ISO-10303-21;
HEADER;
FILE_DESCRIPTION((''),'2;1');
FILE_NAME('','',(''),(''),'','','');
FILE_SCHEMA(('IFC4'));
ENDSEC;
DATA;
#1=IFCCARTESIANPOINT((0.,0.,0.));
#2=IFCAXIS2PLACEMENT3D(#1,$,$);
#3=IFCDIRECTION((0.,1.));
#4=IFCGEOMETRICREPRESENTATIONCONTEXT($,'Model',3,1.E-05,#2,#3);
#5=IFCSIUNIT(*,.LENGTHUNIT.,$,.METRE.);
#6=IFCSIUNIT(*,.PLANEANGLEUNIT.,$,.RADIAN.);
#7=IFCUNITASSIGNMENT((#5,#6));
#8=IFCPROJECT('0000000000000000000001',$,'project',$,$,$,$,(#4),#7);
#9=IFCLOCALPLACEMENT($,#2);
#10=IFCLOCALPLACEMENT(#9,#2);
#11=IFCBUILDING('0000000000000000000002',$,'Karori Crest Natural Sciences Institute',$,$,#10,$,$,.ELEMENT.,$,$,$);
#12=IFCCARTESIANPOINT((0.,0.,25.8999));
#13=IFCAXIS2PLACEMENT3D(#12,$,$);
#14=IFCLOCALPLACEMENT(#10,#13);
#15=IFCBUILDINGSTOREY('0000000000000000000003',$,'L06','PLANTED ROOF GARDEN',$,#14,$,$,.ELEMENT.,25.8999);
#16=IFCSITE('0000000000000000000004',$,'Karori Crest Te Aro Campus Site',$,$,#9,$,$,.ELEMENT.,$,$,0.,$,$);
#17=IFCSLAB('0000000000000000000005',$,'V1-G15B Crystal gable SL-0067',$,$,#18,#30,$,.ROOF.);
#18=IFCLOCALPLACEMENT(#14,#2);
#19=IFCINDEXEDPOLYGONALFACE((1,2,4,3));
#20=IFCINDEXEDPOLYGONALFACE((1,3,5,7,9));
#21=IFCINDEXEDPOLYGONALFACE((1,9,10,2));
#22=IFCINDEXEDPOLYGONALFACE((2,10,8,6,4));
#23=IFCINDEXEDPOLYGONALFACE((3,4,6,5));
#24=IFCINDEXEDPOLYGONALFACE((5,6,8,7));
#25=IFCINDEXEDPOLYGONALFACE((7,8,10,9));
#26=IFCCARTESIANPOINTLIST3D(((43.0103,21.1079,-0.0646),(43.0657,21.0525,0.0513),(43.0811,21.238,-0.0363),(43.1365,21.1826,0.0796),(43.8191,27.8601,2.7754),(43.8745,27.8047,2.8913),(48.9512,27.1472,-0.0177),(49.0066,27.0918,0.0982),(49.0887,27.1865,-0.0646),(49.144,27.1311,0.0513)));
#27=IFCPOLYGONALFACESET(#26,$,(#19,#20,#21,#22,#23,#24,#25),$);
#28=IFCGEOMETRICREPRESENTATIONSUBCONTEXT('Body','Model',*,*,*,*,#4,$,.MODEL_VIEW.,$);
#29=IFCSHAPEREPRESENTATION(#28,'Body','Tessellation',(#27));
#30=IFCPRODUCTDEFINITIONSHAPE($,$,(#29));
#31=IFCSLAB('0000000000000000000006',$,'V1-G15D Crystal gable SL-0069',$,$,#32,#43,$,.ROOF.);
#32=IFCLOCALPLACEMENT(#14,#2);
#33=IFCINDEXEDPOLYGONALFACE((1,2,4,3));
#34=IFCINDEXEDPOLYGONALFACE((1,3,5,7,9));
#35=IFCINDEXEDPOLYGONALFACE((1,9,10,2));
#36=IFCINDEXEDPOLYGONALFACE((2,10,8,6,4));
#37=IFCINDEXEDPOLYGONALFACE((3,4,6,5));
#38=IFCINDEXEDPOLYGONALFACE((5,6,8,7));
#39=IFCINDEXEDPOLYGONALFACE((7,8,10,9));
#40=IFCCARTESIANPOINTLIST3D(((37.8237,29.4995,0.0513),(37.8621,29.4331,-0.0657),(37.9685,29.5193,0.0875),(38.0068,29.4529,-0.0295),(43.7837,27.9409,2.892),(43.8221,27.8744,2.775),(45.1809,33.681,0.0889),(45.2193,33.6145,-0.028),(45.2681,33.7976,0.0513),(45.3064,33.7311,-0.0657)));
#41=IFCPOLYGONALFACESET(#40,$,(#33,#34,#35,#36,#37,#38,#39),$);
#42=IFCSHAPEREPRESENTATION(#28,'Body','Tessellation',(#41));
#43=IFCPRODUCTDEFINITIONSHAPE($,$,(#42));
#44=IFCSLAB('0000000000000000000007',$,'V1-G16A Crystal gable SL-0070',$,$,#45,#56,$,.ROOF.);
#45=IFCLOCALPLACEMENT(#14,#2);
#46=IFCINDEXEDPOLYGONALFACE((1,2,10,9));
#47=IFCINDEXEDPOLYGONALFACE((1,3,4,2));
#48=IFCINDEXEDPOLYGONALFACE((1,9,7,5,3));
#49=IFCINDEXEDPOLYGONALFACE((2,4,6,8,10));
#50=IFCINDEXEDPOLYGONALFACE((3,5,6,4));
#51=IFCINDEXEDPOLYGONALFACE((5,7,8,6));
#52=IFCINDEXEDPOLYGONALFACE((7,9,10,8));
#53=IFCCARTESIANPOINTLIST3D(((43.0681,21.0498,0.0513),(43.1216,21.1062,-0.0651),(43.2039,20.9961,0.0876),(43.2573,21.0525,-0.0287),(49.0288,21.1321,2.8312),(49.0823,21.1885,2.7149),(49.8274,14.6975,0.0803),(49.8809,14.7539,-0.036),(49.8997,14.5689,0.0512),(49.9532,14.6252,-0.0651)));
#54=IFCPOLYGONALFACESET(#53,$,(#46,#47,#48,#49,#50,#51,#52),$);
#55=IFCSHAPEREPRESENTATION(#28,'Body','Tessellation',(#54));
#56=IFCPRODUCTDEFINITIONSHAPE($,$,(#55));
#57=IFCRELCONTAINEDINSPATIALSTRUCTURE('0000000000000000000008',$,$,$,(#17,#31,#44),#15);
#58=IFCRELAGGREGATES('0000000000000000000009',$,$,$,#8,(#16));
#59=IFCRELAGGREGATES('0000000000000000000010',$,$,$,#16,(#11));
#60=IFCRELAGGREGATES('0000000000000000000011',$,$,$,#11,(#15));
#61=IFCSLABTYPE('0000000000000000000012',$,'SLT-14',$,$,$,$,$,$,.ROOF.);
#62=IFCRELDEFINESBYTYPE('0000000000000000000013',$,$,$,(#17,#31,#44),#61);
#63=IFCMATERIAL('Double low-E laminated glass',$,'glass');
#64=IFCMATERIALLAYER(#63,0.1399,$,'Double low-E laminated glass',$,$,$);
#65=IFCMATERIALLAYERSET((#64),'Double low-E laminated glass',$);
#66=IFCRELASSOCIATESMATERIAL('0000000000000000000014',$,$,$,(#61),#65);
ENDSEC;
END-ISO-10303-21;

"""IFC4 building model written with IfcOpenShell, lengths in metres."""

from ifc_helpers import new_model, si_unit, direction, frame, origin, place, context, subcontext, project, spatial, polyline, outline, extrude, material, layer, layer_set, type_object, element, save


model = new_model("IFC4")

# Units and contexts
model_context = context("Model", 3, precision=1e-05, world=origin(), true_north=direction((0.0, 1.0)))
body_context = subcontext(model_context, "Body", "Model", "MODEL_VIEW")
ifc_project = project(units=[si_unit("LENGTHUNIT", "METRE"), si_unit("PLANEANGLEUNIT", "RADIAN")], contexts=[model_context])

# Site, building, storey
site_placement = place(None, origin())
site = spatial("IfcSite", under=ifc_project, at=site_placement, Name="Karori Crest Te Aro Campus Site", CompositionType="ELEMENT", RefElevation=0.0)
building_placement = place(site_placement, origin())
building = spatial("IfcBuilding", under=site, at=building_placement, Name="Karori Crest Natural Sciences Institute", CompositionType="ELEMENT")
storey_placement = place(building_placement, frame((0.0, 0.0, 25.8999)))
storey = spatial("IfcBuildingStorey", under=building, at=storey_placement, Name="L06", Description="PLANTED ROOF GARDEN", CompositionType="ELEMENT", Elevation=25.8999)

# Slabs
ifc_material_1 = material(Name="Double low-E laminated glass", Category="glass")
ifc_layer_1 = layer(ifc_material_1, 0.1399, Name="Double low-E laminated glass")
ifc_layer_set_1 = layer_set([ifc_layer_1], Name="Double low-E laminated glass")
slab_type = type_object("IfcSlabType", Name="SLT-14", PredefinedType="ROOF", material=ifc_layer_set_1)
slab_1_placement = place(storey_placement, frame((43.0657, 21.0525, 0.0513), z_axis=(0.395939, -0.395923, 0.828539), x_axis=(0.707093, 0.707121, 0.0)))
element("IfcSlab", 1, at=slab_1_placement, inside=storey, type_object=slab_type, Name="V1-G15B Crystal gable SL-0067", PredefinedType="ROOF", context=body_context, shape_type="SweptSolid", body=[
    extrude(outline(polyline([(0.0, 0.0), (8.5963, 0.0), (8.4713, 0.0837), (5.3465, 5.0722), (0.1421, 0.0506), (0.0, 0.0)])), origin(), (0.0, 0.0, -1.0), 0.1399),
])
slab_2_placement = place(storey_placement, frame((45.2681, 33.7976, 0.0513), z_axis=(-0.274284, 0.47506, 0.836114), x_axis=(-0.86602, -0.50001, -0.000001)))
element("IfcSlab", 2, at=slab_2_placement, inside=storey, type_object=slab_type, Name="V1-G15D Crystal gable SL-0069", PredefinedType="ROOF", context=body_context, shape_type="SweptSolid", body=[
    extrude(outline(polyline([(0.0, 0.0), (8.596, 0.0), (8.4608, 0.066), (4.2139, 5.1786), (0.1338, 0.0687), (0.0, 0.0)])), origin(), (0.0, 0.0, -1.0), 0.1399),
])
slab_3_placement = place(storey_placement, frame((43.0681, 21.0498, 0.0513), z_axis=(-0.382265, -0.402953, 0.831566), x_axis=(0.72548, -0.688244, -0.000006)))
element("IfcSlab", 3, at=slab_3_placement, inside=storey, type_object=slab_type, Name="V1-G16A Crystal gable SL-0070", PredefinedType="ROOF", context=body_context, shape_type="SweptSolid", body=[
    extrude(outline(polyline([(0.0, 0.0), (9.4166, 0.0), (9.2756, 0.0524), (4.2677, 5.0052), (0.1354, 0.0655), (0.0, 0.0)])), origin(), (0.0, 0.0, -1.0), 0.1399),
])

save(model, "model.ifc")
